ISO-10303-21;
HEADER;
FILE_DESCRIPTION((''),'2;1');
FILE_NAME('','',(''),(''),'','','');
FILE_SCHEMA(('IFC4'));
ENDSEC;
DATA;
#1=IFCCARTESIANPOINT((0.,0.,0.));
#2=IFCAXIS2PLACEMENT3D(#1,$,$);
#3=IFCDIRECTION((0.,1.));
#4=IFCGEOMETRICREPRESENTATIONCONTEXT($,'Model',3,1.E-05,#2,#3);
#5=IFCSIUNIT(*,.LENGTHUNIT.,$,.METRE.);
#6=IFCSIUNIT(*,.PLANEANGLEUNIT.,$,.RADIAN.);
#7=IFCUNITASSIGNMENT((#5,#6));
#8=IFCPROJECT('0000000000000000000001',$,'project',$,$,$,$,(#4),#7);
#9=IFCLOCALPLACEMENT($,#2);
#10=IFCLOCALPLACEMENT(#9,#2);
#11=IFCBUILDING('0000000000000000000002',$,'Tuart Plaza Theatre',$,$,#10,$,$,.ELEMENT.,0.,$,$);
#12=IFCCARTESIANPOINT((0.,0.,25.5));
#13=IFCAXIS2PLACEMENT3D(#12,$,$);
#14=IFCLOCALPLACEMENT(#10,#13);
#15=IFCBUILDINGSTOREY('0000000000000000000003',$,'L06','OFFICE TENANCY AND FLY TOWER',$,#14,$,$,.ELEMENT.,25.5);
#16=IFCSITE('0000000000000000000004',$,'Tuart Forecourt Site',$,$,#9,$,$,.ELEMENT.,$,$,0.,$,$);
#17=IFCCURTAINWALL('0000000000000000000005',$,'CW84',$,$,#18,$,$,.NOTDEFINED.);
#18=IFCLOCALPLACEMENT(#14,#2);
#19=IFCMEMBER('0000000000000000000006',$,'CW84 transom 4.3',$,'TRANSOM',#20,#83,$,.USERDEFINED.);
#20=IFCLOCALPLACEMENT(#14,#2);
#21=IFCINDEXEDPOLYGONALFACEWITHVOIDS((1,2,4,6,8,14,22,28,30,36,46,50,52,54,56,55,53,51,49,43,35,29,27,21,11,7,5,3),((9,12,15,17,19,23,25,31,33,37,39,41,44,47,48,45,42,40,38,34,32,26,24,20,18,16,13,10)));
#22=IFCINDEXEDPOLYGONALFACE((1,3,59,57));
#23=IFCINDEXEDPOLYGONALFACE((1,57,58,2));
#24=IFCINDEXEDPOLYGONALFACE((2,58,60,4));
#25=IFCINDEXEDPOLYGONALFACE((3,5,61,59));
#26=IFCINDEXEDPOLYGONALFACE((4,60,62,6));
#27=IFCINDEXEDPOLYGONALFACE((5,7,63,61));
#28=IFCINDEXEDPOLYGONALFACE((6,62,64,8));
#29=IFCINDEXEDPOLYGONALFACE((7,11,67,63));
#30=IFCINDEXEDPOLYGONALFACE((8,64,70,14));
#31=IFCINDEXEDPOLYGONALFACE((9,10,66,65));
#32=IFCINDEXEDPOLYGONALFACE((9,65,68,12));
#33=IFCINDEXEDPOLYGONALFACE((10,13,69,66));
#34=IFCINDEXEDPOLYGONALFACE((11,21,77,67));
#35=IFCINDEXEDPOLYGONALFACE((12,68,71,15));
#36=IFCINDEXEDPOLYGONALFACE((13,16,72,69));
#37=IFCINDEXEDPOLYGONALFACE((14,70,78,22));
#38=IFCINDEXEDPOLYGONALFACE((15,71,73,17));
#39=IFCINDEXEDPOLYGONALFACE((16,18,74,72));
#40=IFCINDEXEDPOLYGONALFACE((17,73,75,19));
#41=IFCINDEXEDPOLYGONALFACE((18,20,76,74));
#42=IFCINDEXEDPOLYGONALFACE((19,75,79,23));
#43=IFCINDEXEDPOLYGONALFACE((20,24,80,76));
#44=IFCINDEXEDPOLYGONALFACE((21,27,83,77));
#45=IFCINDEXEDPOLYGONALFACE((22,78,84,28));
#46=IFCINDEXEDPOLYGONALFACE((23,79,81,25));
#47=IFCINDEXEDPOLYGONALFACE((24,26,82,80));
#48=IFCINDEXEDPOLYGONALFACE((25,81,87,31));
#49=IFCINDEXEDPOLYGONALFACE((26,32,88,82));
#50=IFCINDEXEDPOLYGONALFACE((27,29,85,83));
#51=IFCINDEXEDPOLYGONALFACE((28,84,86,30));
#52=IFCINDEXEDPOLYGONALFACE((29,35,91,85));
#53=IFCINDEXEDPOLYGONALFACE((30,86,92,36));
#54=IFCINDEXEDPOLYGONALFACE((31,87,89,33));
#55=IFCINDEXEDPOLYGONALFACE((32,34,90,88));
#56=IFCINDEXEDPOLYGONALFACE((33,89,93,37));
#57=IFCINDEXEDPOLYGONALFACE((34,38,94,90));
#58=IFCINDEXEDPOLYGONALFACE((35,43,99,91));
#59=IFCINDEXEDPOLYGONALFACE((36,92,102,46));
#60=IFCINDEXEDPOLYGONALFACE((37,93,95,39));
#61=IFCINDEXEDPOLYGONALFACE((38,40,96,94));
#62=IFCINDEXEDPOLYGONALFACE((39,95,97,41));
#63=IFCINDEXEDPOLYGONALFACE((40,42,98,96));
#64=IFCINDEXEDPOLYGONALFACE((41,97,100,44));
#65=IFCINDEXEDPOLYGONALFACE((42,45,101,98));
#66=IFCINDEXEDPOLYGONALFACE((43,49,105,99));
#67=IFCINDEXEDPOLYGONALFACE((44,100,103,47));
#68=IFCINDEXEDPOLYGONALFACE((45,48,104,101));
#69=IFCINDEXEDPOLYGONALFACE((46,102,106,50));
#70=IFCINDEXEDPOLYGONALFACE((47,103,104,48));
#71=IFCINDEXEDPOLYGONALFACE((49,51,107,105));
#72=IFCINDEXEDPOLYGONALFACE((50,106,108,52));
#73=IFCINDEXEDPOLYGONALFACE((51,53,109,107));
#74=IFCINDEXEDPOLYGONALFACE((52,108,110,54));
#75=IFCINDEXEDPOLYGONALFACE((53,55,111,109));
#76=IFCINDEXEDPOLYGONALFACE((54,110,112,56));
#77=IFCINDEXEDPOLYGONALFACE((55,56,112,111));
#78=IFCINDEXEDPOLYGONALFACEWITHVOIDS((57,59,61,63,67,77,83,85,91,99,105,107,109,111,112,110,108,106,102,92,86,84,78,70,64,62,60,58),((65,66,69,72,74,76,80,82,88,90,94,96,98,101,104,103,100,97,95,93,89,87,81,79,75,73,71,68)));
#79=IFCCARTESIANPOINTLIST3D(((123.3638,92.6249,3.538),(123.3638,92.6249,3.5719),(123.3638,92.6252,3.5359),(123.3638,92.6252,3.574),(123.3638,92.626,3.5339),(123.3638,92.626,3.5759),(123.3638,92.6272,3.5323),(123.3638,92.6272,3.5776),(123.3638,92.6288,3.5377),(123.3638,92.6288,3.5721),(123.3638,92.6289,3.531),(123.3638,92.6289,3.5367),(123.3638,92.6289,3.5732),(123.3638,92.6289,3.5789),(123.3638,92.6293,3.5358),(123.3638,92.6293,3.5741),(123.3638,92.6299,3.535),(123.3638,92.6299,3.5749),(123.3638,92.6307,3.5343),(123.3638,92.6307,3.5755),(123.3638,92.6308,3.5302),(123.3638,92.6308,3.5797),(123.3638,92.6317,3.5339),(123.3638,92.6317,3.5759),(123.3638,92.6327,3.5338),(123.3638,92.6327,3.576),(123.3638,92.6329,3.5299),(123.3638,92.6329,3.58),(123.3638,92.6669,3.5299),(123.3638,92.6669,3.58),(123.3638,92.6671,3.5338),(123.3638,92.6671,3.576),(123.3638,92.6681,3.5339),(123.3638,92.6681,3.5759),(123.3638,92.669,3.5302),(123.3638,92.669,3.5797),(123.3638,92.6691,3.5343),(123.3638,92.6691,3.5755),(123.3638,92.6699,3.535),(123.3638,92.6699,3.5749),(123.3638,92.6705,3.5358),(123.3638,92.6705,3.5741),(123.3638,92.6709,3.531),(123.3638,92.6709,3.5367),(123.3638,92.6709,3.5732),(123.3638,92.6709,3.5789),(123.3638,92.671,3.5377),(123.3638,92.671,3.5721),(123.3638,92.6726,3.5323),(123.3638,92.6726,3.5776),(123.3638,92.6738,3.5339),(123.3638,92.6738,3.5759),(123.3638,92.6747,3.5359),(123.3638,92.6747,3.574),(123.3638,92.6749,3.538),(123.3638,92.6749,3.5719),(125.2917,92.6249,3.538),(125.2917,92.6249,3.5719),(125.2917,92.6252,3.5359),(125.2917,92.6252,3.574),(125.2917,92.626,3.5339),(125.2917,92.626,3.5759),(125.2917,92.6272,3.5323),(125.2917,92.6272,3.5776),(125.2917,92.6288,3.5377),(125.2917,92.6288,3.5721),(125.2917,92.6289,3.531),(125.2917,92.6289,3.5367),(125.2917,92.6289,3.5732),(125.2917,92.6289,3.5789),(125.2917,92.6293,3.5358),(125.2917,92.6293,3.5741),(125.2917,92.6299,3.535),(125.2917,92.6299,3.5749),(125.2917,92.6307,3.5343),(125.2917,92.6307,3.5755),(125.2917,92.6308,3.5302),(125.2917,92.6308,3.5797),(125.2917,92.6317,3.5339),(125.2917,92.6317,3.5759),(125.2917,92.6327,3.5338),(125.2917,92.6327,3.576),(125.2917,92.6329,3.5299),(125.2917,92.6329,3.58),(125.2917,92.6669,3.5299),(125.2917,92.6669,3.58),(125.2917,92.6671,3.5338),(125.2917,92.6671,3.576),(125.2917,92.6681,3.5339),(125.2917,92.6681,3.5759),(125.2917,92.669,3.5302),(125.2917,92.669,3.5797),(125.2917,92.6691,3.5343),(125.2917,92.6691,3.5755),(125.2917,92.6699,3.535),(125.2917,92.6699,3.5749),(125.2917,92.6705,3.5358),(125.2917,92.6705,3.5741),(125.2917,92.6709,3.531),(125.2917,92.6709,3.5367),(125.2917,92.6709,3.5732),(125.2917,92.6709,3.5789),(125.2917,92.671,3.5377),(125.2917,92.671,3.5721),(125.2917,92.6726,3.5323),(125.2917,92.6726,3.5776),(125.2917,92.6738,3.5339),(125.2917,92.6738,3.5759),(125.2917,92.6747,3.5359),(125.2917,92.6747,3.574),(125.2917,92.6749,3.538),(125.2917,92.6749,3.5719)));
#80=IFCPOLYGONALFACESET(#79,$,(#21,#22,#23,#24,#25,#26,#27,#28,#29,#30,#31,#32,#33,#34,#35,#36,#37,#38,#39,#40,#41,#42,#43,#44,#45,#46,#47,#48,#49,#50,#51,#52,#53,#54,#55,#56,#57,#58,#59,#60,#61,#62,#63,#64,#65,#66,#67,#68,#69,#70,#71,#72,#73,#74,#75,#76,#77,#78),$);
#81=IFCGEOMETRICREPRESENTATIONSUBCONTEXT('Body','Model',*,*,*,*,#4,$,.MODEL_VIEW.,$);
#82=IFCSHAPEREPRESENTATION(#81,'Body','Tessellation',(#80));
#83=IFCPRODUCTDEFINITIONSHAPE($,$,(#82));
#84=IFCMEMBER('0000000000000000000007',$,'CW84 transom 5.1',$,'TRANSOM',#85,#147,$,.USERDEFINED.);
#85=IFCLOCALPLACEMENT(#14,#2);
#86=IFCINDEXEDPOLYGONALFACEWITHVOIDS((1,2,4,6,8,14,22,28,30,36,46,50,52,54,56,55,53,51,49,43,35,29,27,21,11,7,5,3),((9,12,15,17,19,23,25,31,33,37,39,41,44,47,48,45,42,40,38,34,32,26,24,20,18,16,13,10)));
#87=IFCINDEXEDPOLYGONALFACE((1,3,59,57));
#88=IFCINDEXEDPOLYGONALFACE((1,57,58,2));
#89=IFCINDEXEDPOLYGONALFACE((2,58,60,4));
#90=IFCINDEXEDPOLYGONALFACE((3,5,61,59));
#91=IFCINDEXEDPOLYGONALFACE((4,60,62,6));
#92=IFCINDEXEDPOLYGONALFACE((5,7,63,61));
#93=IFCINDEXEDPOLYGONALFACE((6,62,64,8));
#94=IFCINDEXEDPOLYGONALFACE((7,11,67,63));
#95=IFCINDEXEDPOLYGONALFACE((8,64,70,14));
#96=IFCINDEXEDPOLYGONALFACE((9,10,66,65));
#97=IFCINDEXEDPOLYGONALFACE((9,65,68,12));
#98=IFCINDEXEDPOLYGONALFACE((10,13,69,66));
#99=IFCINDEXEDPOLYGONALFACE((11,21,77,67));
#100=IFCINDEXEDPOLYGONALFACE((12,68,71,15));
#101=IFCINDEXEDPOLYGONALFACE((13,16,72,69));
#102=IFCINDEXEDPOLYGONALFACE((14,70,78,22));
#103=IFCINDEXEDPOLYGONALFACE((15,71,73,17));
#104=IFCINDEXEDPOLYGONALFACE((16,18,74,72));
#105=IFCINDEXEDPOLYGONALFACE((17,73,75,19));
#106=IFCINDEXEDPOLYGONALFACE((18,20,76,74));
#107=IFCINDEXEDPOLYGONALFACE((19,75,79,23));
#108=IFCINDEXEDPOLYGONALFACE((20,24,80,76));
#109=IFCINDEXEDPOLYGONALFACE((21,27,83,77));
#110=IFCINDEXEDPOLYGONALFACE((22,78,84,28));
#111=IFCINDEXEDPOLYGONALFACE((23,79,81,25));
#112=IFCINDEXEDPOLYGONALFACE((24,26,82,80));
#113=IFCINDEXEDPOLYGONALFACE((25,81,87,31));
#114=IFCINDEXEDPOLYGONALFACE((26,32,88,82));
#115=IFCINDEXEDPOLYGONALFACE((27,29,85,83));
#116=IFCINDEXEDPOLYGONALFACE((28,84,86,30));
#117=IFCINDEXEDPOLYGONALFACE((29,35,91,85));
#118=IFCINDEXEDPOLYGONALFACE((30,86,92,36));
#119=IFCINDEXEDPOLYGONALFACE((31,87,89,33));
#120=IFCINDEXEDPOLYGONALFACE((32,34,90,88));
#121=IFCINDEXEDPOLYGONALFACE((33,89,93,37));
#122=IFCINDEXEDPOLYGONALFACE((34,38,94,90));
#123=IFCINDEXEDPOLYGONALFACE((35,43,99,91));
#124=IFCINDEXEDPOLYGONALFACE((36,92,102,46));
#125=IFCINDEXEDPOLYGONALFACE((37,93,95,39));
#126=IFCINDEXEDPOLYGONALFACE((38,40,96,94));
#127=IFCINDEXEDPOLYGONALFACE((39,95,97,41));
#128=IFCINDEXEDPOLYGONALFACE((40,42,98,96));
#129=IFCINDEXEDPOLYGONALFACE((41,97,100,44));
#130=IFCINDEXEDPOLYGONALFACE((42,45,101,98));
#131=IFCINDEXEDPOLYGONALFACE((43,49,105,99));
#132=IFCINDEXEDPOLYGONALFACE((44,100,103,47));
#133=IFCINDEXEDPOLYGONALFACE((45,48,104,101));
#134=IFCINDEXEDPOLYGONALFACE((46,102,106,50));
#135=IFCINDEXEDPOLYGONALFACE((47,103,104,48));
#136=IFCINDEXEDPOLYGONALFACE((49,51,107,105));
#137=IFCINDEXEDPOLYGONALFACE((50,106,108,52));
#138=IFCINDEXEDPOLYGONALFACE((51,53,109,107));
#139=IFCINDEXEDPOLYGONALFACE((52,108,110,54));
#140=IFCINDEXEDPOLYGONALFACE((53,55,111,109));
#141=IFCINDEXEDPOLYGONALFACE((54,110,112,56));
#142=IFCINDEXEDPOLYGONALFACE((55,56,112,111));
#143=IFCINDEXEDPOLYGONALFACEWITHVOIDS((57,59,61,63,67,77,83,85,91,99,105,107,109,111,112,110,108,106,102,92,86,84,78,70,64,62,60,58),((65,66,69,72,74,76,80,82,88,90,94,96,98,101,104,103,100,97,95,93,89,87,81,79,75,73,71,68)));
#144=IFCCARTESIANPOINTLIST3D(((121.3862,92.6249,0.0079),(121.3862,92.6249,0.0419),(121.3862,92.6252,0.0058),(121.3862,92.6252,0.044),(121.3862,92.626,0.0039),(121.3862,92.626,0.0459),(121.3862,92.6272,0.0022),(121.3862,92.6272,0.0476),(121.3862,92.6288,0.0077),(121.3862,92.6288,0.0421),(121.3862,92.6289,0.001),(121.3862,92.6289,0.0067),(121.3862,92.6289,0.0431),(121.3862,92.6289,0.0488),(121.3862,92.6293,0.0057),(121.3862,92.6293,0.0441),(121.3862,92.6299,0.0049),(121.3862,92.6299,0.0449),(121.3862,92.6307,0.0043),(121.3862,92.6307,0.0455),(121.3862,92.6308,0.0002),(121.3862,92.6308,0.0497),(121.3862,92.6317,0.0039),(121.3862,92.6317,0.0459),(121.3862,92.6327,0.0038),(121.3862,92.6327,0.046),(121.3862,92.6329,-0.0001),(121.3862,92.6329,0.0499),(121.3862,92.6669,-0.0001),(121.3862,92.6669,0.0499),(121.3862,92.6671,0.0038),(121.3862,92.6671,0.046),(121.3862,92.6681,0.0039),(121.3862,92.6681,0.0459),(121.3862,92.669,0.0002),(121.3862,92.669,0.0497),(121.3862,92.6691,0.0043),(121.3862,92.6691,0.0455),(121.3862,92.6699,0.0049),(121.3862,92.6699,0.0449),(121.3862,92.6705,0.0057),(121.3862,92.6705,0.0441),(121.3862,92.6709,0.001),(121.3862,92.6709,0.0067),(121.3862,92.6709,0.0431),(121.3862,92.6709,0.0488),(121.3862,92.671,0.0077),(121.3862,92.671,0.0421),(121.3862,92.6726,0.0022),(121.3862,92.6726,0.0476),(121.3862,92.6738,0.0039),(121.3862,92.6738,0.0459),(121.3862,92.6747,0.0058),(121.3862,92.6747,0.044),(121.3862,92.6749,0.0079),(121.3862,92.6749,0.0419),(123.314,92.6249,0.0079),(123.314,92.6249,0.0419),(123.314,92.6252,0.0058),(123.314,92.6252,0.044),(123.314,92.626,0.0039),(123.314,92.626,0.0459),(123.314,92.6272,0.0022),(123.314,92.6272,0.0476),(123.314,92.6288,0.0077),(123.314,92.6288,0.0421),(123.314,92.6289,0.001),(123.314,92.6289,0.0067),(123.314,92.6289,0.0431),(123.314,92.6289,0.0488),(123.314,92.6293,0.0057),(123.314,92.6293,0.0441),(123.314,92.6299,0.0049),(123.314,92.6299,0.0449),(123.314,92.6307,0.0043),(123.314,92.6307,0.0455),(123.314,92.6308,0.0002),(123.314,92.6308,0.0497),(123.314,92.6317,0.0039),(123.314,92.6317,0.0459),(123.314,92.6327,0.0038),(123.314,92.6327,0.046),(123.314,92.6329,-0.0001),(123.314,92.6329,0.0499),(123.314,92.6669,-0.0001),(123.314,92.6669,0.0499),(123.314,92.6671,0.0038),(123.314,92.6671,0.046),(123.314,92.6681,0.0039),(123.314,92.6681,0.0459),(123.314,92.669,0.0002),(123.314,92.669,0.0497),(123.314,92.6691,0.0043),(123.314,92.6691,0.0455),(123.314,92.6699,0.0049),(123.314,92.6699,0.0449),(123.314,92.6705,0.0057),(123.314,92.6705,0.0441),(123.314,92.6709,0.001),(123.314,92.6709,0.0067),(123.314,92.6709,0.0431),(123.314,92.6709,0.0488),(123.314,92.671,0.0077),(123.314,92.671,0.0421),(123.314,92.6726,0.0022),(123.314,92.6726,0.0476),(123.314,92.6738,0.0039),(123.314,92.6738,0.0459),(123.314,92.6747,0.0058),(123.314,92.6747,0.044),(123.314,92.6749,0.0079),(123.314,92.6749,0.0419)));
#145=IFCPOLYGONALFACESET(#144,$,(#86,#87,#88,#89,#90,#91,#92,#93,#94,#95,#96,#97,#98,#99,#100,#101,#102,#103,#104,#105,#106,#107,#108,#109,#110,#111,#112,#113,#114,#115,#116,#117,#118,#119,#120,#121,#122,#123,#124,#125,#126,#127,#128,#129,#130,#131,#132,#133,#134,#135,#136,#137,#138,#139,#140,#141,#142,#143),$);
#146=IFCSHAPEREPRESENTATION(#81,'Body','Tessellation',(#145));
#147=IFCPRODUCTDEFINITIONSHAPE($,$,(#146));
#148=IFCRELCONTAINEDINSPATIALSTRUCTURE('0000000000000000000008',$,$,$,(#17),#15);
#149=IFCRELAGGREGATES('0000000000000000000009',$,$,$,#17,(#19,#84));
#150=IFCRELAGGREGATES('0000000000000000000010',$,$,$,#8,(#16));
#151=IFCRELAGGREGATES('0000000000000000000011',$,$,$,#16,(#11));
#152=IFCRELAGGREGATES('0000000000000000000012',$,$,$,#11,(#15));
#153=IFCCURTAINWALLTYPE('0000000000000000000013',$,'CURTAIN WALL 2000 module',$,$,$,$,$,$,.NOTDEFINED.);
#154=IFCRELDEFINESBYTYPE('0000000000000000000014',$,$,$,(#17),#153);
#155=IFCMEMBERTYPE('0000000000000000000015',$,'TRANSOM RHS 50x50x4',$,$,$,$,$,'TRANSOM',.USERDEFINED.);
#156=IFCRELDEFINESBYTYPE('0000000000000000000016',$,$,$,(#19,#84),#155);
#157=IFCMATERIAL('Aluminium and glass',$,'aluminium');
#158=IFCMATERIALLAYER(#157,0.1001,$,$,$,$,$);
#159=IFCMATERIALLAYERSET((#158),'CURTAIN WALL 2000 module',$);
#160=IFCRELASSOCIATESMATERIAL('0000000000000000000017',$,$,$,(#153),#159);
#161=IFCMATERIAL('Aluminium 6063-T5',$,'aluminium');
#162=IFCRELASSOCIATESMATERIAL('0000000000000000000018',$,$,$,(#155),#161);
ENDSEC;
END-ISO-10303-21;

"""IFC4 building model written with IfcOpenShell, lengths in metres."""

from ifc_helpers import new_model, si_unit, direction, frame, origin, origin_2d, place, context, subcontext, project, spatial, hollow_rectangle, extrude, material, layer, layer_set, material_profile, profile_set, type_object, element, aggregate, save


model = new_model("IFC4")

# Units and contexts
model_context = context("Model", 3, precision=1e-05, world=origin(), true_north=direction((0.0, 1.0)))
body_context = subcontext(model_context, "Body", "Model", "MODEL_VIEW")
ifc_project = project(units=[si_unit("LENGTHUNIT", "METRE"), si_unit("PLANEANGLEUNIT", "RADIAN")], contexts=[model_context])

# Site, building, storey
site_placement = place(None, origin())
site = spatial("IfcSite", under=ifc_project, at=site_placement, Name="Tuart Forecourt Site", CompositionType="ELEMENT", RefElevation=0.0)
building_placement = place(site_placement, origin())
building = spatial("IfcBuilding", under=site, at=building_placement, Name="Tuart Plaza Theatre", CompositionType="ELEMENT", ElevationOfRefHeight=0.0)
storey_placement = place(building_placement, frame((0.0, 0.0, 25.5)))
storey = spatial("IfcBuildingStorey", under=building, at=storey_placement, Name="L06", Description="OFFICE TENANCY AND FLY TOWER", CompositionType="ELEMENT", Elevation=25.5)

# Curtain wall, members
ifc_material_1 = material(Name="Aluminium and glass", Category="aluminium")
ifc_layer_1 = layer(ifc_material_1, 0.1001)
ifc_layer_set_1 = layer_set([ifc_layer_1], Name="CURTAIN WALL 2000 module")
curtain_wall_type = type_object("IfcCurtainWallType", Name="CURTAIN WALL 2000 module", PredefinedType="NOTDEFINED", material=ifc_layer_set_1)
curtain_wall_placement = place(storey_placement, origin())
curtain_wall = element("IfcCurtainWall", 1, at=curtain_wall_placement, inside=storey, type_object=curtain_wall_type, Name="CW84", PredefinedType="NOTDEFINED")
ifc_material_2 = material(Name="Aluminium 6063-T5", Category="aluminium")
ifc_material_profile_1 = material_profile(ifc_material_2, hollow_rectangle(XDim=0.05, YDim=0.05, WallThickness=0.0039, InnerFilletRadius=0.0039, OuterFilletRadius=0.0081, at=origin_2d()), Name="RHS 50x50x4")
ifc_profile_set_1 = profile_set([ifc_material_profile_1], Name="Aluminium 6063-T5")
member_type_1 = type_object("IfcMemberType", Name="TRANSOM RHS 50x50x4", ElementType="TRANSOM", PredefinedType="USERDEFINED", material=ifc_profile_set_1)
member_1_placement = place(storey_placement, frame((125.2917, 92.6499, 3.5549), z_axis=(-1.0, 0.0, 0.0), x_axis=(0.0, -1.0, 0.0)))
member_1 = element("IfcMember", 2, at=member_1_placement, type_object=member_type_1, Name="CW84 transom 4.3", ObjectType="TRANSOM", PredefinedType="USERDEFINED", context=body_context, shape_type="SweptSolid", body=[
    extrude(hollow_rectangle(XDim=0.05, YDim=0.05, WallThickness=0.0039, InnerFilletRadius=0.0039, OuterFilletRadius=0.0081, at=origin_2d()), origin(), (0.0, 0.0, 1.0), 1.928),
])
member_2_placement = place(storey_placement, frame((123.314, 92.6499, 0.0249), z_axis=(-1.0, 0.0, 0.0), x_axis=(0.0, -1.0, 0.0)))
member_2 = element("IfcMember", 3, at=member_2_placement, type_object=member_type_1, Name="CW84 transom 5.1", ObjectType="TRANSOM", PredefinedType="USERDEFINED", context=body_context, shape_type="SweptSolid", body=[
    extrude(hollow_rectangle(XDim=0.05, YDim=0.05, WallThickness=0.0039, InnerFilletRadius=0.0039, OuterFilletRadius=0.0081, at=origin_2d()), origin(), (0.0, 0.0, 1.0), 1.9277),
])
aggregate(curtain_wall, [member_1, member_2])

save(model, "model.ifc")
